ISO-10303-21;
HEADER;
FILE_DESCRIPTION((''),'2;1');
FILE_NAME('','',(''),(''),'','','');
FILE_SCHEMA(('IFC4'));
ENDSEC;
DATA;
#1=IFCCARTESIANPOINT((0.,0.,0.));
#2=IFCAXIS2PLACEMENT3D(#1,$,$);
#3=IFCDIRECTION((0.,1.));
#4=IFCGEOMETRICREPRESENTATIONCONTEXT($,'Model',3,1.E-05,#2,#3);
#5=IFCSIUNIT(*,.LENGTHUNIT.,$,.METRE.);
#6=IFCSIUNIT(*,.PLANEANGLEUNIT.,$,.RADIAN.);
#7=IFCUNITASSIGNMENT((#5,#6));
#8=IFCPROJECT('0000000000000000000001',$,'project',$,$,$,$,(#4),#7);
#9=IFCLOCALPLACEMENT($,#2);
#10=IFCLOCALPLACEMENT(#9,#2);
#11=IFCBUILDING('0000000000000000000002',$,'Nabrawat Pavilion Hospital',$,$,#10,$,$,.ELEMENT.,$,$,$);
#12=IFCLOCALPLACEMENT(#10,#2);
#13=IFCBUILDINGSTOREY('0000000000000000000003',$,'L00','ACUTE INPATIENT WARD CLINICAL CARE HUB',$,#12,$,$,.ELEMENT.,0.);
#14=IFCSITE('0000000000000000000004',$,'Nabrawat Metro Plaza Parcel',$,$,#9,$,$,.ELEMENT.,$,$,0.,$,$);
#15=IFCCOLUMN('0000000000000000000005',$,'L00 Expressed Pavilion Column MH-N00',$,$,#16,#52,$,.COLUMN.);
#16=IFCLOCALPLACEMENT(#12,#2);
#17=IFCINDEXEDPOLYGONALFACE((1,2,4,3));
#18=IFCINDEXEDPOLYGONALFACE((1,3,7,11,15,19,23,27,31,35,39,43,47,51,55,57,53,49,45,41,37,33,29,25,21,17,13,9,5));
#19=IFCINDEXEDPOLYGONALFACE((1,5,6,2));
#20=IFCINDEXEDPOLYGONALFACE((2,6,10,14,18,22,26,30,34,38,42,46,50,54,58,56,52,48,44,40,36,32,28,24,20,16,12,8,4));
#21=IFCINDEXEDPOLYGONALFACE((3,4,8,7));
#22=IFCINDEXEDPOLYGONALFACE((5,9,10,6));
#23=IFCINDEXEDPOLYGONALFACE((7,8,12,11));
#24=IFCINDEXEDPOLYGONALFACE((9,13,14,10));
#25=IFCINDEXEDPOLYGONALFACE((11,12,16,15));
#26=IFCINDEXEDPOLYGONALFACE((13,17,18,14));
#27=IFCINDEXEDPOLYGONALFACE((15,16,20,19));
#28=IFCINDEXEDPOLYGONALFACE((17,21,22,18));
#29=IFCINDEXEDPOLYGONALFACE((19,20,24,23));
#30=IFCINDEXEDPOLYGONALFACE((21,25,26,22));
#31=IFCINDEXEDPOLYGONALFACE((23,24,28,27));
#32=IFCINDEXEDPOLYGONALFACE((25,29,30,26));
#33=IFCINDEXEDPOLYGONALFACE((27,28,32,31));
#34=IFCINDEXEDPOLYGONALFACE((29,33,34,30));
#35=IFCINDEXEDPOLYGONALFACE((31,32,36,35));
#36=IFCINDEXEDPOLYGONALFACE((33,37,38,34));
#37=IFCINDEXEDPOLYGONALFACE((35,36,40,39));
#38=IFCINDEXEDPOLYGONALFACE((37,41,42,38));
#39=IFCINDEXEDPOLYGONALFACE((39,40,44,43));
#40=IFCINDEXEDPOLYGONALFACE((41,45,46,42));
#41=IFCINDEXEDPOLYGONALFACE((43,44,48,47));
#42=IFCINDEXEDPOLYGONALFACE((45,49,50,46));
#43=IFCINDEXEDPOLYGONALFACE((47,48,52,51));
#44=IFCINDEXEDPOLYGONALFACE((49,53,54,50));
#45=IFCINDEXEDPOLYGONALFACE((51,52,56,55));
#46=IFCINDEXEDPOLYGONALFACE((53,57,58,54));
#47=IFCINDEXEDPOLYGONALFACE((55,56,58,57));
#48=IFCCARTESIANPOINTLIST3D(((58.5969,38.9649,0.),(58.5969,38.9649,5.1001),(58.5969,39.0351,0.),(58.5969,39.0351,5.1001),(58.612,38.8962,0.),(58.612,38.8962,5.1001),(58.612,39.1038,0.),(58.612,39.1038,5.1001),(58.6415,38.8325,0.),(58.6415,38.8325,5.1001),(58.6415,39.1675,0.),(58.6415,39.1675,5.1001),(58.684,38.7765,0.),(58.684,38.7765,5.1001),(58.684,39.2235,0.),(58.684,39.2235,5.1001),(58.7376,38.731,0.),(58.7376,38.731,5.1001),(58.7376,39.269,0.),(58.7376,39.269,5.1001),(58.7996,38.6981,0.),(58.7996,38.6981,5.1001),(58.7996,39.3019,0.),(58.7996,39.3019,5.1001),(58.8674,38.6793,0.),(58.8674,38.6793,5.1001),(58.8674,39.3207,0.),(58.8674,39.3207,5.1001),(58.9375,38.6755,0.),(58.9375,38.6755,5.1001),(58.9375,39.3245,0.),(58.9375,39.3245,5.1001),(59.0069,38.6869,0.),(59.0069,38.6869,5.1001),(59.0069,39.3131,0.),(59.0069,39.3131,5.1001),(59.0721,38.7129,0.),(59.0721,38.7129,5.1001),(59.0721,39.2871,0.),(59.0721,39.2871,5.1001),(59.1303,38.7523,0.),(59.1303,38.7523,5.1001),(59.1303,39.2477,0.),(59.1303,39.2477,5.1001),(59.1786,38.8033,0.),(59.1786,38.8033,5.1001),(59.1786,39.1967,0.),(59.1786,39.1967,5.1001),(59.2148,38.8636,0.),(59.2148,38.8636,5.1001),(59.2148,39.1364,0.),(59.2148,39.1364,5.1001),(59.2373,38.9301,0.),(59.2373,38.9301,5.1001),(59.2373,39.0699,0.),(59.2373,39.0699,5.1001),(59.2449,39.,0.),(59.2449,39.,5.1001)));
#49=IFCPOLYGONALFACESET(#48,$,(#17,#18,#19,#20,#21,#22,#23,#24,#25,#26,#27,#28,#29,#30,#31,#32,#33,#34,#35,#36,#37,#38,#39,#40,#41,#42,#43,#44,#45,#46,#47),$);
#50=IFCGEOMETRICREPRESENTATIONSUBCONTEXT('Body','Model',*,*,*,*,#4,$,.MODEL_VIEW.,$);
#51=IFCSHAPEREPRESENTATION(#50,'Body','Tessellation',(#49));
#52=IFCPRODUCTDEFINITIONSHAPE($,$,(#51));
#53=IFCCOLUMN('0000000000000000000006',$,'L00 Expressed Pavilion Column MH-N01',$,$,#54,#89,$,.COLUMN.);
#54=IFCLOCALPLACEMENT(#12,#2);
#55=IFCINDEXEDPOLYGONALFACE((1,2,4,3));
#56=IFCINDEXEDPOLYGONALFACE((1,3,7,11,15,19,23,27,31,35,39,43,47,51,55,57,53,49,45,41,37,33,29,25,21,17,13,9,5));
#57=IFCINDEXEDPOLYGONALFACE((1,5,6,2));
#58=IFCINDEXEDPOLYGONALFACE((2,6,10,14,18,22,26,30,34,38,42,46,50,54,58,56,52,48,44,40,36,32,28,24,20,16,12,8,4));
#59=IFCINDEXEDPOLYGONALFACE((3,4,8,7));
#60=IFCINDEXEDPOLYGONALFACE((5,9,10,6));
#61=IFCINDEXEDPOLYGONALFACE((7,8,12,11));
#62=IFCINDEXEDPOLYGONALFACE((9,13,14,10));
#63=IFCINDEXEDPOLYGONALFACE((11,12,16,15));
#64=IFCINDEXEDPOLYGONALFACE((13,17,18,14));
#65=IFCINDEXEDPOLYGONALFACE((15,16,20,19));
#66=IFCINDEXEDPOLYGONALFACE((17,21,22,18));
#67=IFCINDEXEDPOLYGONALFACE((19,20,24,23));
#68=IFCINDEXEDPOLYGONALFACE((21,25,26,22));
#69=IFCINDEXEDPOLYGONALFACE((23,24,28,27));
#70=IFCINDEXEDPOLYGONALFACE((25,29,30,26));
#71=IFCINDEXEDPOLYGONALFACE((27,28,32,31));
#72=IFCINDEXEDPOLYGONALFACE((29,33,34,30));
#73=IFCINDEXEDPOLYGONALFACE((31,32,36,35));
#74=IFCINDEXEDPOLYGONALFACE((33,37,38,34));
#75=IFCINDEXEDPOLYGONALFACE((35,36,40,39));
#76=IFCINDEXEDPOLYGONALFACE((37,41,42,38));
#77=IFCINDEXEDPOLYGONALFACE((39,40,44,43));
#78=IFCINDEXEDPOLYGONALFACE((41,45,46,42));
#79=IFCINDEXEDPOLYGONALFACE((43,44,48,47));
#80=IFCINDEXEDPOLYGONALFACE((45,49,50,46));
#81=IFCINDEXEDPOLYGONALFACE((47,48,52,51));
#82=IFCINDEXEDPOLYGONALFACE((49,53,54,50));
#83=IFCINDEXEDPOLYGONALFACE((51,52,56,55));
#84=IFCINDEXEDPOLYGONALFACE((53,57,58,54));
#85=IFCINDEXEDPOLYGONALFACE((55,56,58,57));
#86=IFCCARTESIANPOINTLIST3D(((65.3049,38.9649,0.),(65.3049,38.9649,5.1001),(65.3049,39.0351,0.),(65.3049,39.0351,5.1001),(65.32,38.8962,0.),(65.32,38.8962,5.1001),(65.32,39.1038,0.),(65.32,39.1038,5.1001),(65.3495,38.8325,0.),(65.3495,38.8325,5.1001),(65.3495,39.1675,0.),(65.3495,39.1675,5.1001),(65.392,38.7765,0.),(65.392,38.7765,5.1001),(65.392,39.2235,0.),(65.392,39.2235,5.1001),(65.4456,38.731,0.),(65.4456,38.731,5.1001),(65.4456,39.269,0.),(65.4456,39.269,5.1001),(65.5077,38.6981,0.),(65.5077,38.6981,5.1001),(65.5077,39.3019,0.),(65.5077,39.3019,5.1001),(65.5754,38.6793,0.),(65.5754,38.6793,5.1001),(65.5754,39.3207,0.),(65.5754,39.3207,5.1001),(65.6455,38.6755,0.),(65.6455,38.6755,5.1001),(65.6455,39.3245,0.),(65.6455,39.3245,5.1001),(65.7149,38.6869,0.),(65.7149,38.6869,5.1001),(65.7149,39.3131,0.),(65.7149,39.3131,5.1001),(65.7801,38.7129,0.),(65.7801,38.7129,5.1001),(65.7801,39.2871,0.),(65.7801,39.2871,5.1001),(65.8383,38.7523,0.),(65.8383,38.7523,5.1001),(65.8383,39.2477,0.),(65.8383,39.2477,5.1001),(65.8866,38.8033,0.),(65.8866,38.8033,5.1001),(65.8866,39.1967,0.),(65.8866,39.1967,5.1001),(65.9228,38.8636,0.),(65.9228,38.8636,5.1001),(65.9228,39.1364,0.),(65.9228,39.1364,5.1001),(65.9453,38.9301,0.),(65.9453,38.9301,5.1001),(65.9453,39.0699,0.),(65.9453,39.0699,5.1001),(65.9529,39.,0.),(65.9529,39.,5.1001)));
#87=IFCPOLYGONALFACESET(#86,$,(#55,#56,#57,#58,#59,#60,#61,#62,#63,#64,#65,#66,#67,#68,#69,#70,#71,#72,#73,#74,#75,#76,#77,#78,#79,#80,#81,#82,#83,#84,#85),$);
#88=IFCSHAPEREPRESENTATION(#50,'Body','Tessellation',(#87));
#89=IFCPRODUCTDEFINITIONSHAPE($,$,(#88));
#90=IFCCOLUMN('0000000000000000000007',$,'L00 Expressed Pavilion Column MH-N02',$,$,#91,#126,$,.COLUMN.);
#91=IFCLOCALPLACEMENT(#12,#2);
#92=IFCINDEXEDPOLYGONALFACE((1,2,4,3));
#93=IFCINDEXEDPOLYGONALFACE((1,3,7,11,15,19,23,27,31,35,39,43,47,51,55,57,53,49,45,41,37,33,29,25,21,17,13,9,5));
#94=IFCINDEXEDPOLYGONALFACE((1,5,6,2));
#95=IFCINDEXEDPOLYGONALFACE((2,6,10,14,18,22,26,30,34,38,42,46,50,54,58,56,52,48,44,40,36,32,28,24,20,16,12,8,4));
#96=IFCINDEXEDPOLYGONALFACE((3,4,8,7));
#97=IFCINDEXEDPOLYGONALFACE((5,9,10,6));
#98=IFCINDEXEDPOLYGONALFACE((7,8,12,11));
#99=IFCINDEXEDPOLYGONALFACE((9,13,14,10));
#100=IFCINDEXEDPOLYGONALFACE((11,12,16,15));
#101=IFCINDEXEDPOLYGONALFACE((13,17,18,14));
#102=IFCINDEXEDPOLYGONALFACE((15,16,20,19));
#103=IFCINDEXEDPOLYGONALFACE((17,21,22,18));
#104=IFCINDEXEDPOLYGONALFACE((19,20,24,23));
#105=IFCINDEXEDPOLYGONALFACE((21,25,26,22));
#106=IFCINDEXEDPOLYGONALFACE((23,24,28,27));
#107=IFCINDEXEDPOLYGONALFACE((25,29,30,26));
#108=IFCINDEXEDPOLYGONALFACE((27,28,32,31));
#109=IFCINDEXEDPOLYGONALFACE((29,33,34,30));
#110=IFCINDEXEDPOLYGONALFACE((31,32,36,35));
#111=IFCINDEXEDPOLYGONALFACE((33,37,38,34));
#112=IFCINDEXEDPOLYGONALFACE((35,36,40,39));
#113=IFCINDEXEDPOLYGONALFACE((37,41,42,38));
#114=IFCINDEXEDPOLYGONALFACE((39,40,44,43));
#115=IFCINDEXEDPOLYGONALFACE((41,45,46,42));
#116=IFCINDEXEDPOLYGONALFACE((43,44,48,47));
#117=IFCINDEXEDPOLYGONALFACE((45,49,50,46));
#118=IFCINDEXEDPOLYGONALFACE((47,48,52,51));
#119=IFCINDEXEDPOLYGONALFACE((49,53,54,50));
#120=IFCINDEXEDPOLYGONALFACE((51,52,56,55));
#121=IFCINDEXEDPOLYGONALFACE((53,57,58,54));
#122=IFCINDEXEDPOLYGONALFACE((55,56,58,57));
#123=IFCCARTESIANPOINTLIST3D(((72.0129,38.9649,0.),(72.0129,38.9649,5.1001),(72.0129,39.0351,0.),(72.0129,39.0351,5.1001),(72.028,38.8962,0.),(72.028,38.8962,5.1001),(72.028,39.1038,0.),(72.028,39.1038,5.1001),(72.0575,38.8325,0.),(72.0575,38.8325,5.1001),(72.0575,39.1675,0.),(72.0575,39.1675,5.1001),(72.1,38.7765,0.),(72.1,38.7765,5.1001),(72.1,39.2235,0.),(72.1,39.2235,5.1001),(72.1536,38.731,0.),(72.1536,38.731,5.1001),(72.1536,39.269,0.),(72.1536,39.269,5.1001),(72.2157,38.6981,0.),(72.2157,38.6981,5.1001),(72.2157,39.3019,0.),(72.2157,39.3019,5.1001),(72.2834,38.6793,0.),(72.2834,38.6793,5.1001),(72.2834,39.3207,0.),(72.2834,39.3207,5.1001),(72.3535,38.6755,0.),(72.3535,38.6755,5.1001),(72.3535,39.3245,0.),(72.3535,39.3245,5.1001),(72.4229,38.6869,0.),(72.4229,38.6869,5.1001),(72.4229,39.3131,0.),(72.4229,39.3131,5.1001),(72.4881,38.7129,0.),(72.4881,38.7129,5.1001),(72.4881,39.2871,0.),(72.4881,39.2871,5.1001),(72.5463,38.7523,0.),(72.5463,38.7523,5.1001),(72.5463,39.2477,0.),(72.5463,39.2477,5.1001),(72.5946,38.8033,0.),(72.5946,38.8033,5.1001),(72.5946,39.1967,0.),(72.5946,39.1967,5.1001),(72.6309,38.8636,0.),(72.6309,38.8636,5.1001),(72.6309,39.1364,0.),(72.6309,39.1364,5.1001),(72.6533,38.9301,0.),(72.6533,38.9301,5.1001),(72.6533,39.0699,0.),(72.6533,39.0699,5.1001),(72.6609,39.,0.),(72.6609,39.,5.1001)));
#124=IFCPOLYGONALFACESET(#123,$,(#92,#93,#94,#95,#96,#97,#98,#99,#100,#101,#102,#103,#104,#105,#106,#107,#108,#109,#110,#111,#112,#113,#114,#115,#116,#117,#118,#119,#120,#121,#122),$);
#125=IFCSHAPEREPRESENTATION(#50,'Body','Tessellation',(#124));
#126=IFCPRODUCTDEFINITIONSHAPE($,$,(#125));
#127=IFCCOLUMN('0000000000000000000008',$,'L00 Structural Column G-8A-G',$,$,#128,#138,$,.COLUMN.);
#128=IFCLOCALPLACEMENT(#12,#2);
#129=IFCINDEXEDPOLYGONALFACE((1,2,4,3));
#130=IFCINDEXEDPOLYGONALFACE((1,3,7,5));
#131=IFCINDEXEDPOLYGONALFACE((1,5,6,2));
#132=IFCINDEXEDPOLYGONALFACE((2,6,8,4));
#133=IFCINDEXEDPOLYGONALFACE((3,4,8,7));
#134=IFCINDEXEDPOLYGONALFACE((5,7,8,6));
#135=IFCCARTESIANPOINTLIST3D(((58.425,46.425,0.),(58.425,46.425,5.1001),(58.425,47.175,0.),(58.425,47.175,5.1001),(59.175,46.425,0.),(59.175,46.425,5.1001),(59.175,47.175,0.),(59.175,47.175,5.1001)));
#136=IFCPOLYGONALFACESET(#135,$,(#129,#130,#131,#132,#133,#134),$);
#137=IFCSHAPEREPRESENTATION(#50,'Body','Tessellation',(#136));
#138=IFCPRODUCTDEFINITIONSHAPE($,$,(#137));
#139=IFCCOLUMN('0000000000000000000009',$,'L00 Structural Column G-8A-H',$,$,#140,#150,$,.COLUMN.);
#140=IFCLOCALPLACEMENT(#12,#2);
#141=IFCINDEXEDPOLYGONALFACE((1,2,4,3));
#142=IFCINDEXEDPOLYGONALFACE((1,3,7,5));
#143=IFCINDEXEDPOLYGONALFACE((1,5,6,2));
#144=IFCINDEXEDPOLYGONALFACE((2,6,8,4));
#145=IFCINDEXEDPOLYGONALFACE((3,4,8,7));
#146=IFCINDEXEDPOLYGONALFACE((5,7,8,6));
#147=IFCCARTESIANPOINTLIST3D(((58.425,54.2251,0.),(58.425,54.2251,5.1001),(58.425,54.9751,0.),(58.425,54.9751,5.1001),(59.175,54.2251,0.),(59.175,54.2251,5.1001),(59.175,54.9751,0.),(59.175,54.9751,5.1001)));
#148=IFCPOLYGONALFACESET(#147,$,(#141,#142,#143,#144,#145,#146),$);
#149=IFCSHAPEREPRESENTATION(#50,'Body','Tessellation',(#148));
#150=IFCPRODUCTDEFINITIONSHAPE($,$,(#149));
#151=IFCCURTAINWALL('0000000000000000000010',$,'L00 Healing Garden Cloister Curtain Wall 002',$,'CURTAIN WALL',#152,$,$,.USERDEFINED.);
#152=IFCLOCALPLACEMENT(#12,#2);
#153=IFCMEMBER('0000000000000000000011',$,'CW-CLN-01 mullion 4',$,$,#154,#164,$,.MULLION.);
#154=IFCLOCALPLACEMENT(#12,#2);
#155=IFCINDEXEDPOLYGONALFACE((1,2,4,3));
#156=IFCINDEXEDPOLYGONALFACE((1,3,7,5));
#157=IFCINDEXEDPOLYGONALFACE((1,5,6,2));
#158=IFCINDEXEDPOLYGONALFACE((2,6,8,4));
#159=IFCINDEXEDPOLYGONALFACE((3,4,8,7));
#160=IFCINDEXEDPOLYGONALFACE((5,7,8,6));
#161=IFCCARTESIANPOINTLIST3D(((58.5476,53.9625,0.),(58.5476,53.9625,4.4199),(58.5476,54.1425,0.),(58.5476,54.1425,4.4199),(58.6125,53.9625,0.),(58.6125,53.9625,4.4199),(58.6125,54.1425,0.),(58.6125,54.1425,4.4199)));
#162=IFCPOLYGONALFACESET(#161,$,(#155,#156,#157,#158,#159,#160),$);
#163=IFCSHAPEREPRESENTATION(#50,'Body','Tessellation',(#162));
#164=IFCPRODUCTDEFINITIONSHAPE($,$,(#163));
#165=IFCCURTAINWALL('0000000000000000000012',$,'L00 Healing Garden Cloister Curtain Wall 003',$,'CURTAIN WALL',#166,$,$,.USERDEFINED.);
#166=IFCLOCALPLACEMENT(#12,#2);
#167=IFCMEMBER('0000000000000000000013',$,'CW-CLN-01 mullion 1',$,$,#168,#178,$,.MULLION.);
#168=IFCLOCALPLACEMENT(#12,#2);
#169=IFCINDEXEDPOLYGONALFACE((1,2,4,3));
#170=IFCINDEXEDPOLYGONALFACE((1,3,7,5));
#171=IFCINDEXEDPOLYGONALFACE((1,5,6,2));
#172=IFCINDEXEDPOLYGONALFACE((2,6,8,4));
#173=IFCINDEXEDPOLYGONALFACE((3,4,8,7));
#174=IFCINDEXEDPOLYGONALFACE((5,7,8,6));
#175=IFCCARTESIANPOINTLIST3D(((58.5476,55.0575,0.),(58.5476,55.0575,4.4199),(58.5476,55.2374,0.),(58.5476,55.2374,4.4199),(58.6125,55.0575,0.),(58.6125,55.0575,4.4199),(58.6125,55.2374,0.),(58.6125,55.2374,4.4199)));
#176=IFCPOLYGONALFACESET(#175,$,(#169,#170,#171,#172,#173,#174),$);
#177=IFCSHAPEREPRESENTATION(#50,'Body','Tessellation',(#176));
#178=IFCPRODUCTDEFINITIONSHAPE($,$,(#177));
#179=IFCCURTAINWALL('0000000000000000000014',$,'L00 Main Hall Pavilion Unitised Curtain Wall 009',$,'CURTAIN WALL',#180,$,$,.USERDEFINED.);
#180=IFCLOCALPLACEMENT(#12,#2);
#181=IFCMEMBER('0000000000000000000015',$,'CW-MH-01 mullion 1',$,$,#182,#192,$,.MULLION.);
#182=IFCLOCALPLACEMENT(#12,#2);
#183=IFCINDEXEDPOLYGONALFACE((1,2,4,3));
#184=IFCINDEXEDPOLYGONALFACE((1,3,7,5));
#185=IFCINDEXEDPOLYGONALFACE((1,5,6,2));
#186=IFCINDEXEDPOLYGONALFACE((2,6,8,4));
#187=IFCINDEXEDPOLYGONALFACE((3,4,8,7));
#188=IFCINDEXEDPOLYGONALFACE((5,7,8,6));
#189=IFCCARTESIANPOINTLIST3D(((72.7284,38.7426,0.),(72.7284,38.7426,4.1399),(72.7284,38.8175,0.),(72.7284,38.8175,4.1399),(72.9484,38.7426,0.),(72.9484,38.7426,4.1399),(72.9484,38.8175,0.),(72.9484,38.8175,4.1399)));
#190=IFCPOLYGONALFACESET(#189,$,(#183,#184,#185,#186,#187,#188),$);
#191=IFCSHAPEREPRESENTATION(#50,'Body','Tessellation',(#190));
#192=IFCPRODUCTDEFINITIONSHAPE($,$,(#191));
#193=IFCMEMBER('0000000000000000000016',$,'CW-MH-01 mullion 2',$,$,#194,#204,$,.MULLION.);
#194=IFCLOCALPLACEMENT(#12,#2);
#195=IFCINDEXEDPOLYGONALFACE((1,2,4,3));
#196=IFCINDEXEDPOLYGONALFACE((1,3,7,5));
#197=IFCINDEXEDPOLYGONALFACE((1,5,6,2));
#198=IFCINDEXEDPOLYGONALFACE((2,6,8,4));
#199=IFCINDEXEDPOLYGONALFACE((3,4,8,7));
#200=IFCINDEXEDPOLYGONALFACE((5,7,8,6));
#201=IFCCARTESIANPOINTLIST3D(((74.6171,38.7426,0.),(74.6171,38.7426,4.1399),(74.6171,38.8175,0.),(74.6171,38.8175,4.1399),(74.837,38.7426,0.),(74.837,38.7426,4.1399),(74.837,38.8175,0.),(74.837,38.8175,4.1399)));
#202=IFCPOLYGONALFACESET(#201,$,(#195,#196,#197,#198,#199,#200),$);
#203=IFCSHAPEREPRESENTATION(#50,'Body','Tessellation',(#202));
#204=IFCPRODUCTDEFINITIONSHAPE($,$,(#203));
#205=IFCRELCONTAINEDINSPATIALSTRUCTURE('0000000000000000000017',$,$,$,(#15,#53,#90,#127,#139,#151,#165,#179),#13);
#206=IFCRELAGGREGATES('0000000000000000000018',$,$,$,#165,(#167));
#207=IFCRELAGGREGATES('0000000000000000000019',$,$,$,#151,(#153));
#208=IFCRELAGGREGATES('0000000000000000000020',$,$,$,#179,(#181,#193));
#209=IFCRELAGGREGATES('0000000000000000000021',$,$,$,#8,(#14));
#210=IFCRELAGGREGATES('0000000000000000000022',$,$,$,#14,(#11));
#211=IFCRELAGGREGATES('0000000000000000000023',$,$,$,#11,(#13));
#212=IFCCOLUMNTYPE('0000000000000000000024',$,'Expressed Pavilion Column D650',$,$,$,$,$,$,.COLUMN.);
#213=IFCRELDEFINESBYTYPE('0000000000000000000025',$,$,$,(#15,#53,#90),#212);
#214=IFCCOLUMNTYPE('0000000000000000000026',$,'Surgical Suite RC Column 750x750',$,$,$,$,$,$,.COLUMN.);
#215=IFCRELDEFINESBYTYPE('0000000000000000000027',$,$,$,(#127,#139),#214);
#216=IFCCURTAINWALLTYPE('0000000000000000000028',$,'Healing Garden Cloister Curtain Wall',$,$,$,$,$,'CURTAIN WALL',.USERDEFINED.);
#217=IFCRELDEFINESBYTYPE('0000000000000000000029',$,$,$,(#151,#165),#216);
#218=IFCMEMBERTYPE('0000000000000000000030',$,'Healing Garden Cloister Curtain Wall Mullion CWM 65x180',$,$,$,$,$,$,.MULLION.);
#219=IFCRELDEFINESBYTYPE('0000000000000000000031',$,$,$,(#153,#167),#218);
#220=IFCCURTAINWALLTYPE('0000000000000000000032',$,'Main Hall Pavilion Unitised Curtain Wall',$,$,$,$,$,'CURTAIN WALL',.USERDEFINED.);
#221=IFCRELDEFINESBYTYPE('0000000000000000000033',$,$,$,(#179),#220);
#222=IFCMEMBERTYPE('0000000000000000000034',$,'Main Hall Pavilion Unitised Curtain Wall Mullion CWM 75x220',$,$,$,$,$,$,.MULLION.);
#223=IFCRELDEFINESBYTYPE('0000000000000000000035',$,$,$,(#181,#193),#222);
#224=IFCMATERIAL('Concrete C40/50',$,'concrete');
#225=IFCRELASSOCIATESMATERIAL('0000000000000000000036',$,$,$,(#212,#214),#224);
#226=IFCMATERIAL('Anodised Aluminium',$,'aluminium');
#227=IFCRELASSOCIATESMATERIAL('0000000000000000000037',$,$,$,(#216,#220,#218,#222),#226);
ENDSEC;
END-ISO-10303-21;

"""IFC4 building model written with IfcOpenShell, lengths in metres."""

from ifc_helpers import new_model, si_unit, direction, frame, origin, origin_2d, place, context, subcontext, project, spatial, rectangle, circle, extrude, material, material_profile, profile_set, type_object, element, aggregate, save


model = new_model("IFC4")

# Units and contexts
model_context = context("Model", 3, precision=1e-05, world=origin(), true_north=direction((0.0, 1.0)))
body_context = subcontext(model_context, "Body", "Model", "MODEL_VIEW")
ifc_project = project(units=[si_unit("LENGTHUNIT", "METRE"), si_unit("PLANEANGLEUNIT", "RADIAN")], contexts=[model_context])

# Site, building, storey
site_placement = place(None, origin())
site = spatial("IfcSite", under=ifc_project, at=site_placement, Name="Nabrawat Metro Plaza Parcel", CompositionType="ELEMENT", RefElevation=0.0)
building_placement = place(site_placement, origin())
building = spatial("IfcBuilding", under=site, at=building_placement, Name="Nabrawat Pavilion Hospital", CompositionType="ELEMENT")
storey_placement = place(building_placement, origin())
storey = spatial("IfcBuildingStorey", under=building, at=storey_placement, Name="L00", Description="ACUTE INPATIENT WARD CLINICAL CARE HUB", CompositionType="ELEMENT", Elevation=0.0)

# Columns
ifc_material_1 = material(Name="Concrete C40/50", Category="concrete")
ifc_material_profile_1 = material_profile(ifc_material_1, circle(Radius=0.325, at=origin_2d()), Name="RC D650")
ifc_profile_set_1 = profile_set([ifc_material_profile_1], Name="Concrete C40/50")
column_type_1 = type_object("IfcColumnType", Name="Expressed Pavilion Column D650", PredefinedType="COLUMN", material=ifc_profile_set_1)
for number, where, z_axis, x_axis, name in (
    (1, (58.9199, 39.0, 0.0), (0.0, 0.0, 1.0), (1.0, 0.0, 0.0), "L00 Expressed Pavilion Column MH-N00"),
    (2, (65.6279, 39.0, 0.0), (0.0, 0.0, 1.0), (1.0, 0.0, 0.0), "L00 Expressed Pavilion Column MH-N01"),
    (3, (72.3359, 39.0, 0.0), (0.0, 0.0, 1.0), (1.0, 0.0, 0.0), "L00 Expressed Pavilion Column MH-N02"),
):
    element("IfcColumn", number, at=place(storey_placement, frame(where, z_axis=z_axis, x_axis=x_axis)), inside=storey, type_object=column_type_1, Name=name, PredefinedType="COLUMN", context=body_context, shape_type="SweptSolid", body=[
        extrude(circle(Radius=0.325, at=origin_2d()), origin(), (0.0, 0.0, 1.0), 5.1001),
    ])
ifc_material_profile_2 = material_profile(ifc_material_1, rectangle(XDim=0.75, YDim=0.75, at=origin_2d()), Name="RC 750x750")
ifc_profile_set_2 = profile_set([ifc_material_profile_2], Name="Concrete C40/50")
column_type_2 = type_object("IfcColumnType", Name="Surgical Suite RC Column 750x750", PredefinedType="COLUMN", material=ifc_profile_set_2)
for number, where, z_axis, x_axis, name in (
    (4, (58.8, 46.8, 0.0), (0.0, 0.0, 1.0), (1.0, 0.0, 0.0), "L00 Structural Column G-8A-G"),
    (5, (58.8, 54.6001, 0.0), (0.0, 0.0, 1.0), (1.0, 0.0, 0.0), "L00 Structural Column G-8A-H"),
):
    element("IfcColumn", number, at=place(storey_placement, frame(where, z_axis=z_axis, x_axis=x_axis)), inside=storey, type_object=column_type_2, Name=name, PredefinedType="COLUMN", context=body_context, shape_type="SweptSolid", body=[
        extrude(rectangle(XDim=0.75, YDim=0.75, at=origin_2d()), origin(), (0.0, 0.0, 1.0), 5.1001),
    ])

# Curtain walls, members
ifc_material_2 = material(Name="Anodised Aluminium", Category="aluminium")
curtain_wall_type_1 = type_object("IfcCurtainWallType", Name="Healing Garden Cloister Curtain Wall", ElementType="CURTAIN WALL", PredefinedType="USERDEFINED", material=ifc_material_2)
curtain_wall_1_placement = place(storey_placement, origin())
curtain_wall_1 = element("IfcCurtainWall", 6, at=curtain_wall_1_placement, inside=storey, type_object=curtain_wall_type_1, Name="L00 Healing Garden Cloister Curtain Wall 002", ObjectType="CURTAIN WALL", PredefinedType="USERDEFINED")
ifc_material_profile_3 = material_profile(ifc_material_2, rectangle(XDim=0.0649, YDim=0.1799, at=origin_2d()), Name="CWM 65x180")
ifc_profile_set_3 = profile_set([ifc_material_profile_3], Name="Anodised Aluminium")
member_type_1 = type_object("IfcMemberType", Name="Healing Garden Cloister Curtain Wall Mullion CWM 65x180", PredefinedType="MULLION", material=ifc_profile_set_3)
member_1_placement = place(storey_placement, frame((58.5801, 54.0525, 0.0), z_axis=(0.0, 0.0, 1.0), x_axis=(-1.0, 0.0, 0.0)))
member_1 = element("IfcMember", 7, at=member_1_placement, type_object=member_type_1, Name="CW-CLN-01 mullion 4", PredefinedType="MULLION", context=body_context, shape_type="SweptSolid", body=[
    extrude(rectangle(XDim=0.0649, YDim=0.1799, at=origin_2d()), origin(), (0.0, 0.0, 1.0), 4.4199),
])
curtain_wall_2_placement = place(storey_placement, origin())
curtain_wall_2 = element("IfcCurtainWall", 8, at=curtain_wall_2_placement, inside=storey, type_object=curtain_wall_type_1, Name="L00 Healing Garden Cloister Curtain Wall 003", ObjectType="CURTAIN WALL", PredefinedType="USERDEFINED")
member_2_placement = place(storey_placement, frame((58.5801, 55.1475, 0.0), z_axis=(0.0, 0.0, 1.0), x_axis=(-1.0, 0.0, 0.0)))
member_2 = element("IfcMember", 9, at=member_2_placement, type_object=member_type_1, Name="CW-CLN-01 mullion 1", PredefinedType="MULLION", context=body_context, shape_type="SweptSolid", body=[
    extrude(rectangle(XDim=0.0649, YDim=0.1799, at=origin_2d()), origin(), (0.0, 0.0, 1.0), 4.4199),
])
aggregate(curtain_wall_2, [member_2])

# Curtain wall, members
curtain_wall_type_2 = type_object("IfcCurtainWallType", Name="Main Hall Pavilion Unitised Curtain Wall", ElementType="CURTAIN WALL", PredefinedType="USERDEFINED", material=ifc_material_2)
curtain_wall_3_placement = place(storey_placement, origin())
curtain_wall_3 = element("IfcCurtainWall", 10, at=curtain_wall_3_placement, inside=storey, type_object=curtain_wall_type_2, Name="L00 Main Hall Pavilion Unitised Curtain Wall 009", ObjectType="CURTAIN WALL", PredefinedType="USERDEFINED")
ifc_material_profile_4 = material_profile(ifc_material_2, rectangle(XDim=0.075, YDim=0.22, at=origin_2d()), Name="CWM 75x220")
ifc_profile_set_4 = profile_set([ifc_material_profile_4], Name="Anodised Aluminium")
member_type_2 = type_object("IfcMemberType", Name="Main Hall Pavilion Unitised Curtain Wall Mullion CWM 75x220", PredefinedType="MULLION", material=ifc_profile_set_4)
member_3_placement = place(storey_placement, frame((72.8384, 38.78, 0.0), z_axis=(0.0, 0.0, 1.0), x_axis=(0.0, 1.0, 0.0)))
member_3 = element("IfcMember", 11, at=member_3_placement, type_object=member_type_2, Name="CW-MH-01 mullion 1", PredefinedType="MULLION", context=body_context, shape_type="SweptSolid", body=[
    extrude(rectangle(XDim=0.075, YDim=0.22, at=origin_2d()), origin(), (0.0, 0.0, 1.0), 4.1399),
])
member_4_placement = place(storey_placement, frame((74.7271, 38.78, 0.0), z_axis=(0.0, 0.0, 1.0), x_axis=(0.0, 1.0, 0.0)))
member_4 = element("IfcMember", 12, at=member_4_placement, type_object=member_type_2, Name="CW-MH-01 mullion 2", PredefinedType="MULLION", context=body_context, shape_type="SweptSolid", body=[
    extrude(rectangle(XDim=0.075, YDim=0.22, at=origin_2d()), origin(), (0.0, 0.0, 1.0), 4.1399),
])

aggregate(curtain_wall_1, [member_1])
aggregate(curtain_wall_3, [member_3, member_4])

save(model, "model.ifc")
